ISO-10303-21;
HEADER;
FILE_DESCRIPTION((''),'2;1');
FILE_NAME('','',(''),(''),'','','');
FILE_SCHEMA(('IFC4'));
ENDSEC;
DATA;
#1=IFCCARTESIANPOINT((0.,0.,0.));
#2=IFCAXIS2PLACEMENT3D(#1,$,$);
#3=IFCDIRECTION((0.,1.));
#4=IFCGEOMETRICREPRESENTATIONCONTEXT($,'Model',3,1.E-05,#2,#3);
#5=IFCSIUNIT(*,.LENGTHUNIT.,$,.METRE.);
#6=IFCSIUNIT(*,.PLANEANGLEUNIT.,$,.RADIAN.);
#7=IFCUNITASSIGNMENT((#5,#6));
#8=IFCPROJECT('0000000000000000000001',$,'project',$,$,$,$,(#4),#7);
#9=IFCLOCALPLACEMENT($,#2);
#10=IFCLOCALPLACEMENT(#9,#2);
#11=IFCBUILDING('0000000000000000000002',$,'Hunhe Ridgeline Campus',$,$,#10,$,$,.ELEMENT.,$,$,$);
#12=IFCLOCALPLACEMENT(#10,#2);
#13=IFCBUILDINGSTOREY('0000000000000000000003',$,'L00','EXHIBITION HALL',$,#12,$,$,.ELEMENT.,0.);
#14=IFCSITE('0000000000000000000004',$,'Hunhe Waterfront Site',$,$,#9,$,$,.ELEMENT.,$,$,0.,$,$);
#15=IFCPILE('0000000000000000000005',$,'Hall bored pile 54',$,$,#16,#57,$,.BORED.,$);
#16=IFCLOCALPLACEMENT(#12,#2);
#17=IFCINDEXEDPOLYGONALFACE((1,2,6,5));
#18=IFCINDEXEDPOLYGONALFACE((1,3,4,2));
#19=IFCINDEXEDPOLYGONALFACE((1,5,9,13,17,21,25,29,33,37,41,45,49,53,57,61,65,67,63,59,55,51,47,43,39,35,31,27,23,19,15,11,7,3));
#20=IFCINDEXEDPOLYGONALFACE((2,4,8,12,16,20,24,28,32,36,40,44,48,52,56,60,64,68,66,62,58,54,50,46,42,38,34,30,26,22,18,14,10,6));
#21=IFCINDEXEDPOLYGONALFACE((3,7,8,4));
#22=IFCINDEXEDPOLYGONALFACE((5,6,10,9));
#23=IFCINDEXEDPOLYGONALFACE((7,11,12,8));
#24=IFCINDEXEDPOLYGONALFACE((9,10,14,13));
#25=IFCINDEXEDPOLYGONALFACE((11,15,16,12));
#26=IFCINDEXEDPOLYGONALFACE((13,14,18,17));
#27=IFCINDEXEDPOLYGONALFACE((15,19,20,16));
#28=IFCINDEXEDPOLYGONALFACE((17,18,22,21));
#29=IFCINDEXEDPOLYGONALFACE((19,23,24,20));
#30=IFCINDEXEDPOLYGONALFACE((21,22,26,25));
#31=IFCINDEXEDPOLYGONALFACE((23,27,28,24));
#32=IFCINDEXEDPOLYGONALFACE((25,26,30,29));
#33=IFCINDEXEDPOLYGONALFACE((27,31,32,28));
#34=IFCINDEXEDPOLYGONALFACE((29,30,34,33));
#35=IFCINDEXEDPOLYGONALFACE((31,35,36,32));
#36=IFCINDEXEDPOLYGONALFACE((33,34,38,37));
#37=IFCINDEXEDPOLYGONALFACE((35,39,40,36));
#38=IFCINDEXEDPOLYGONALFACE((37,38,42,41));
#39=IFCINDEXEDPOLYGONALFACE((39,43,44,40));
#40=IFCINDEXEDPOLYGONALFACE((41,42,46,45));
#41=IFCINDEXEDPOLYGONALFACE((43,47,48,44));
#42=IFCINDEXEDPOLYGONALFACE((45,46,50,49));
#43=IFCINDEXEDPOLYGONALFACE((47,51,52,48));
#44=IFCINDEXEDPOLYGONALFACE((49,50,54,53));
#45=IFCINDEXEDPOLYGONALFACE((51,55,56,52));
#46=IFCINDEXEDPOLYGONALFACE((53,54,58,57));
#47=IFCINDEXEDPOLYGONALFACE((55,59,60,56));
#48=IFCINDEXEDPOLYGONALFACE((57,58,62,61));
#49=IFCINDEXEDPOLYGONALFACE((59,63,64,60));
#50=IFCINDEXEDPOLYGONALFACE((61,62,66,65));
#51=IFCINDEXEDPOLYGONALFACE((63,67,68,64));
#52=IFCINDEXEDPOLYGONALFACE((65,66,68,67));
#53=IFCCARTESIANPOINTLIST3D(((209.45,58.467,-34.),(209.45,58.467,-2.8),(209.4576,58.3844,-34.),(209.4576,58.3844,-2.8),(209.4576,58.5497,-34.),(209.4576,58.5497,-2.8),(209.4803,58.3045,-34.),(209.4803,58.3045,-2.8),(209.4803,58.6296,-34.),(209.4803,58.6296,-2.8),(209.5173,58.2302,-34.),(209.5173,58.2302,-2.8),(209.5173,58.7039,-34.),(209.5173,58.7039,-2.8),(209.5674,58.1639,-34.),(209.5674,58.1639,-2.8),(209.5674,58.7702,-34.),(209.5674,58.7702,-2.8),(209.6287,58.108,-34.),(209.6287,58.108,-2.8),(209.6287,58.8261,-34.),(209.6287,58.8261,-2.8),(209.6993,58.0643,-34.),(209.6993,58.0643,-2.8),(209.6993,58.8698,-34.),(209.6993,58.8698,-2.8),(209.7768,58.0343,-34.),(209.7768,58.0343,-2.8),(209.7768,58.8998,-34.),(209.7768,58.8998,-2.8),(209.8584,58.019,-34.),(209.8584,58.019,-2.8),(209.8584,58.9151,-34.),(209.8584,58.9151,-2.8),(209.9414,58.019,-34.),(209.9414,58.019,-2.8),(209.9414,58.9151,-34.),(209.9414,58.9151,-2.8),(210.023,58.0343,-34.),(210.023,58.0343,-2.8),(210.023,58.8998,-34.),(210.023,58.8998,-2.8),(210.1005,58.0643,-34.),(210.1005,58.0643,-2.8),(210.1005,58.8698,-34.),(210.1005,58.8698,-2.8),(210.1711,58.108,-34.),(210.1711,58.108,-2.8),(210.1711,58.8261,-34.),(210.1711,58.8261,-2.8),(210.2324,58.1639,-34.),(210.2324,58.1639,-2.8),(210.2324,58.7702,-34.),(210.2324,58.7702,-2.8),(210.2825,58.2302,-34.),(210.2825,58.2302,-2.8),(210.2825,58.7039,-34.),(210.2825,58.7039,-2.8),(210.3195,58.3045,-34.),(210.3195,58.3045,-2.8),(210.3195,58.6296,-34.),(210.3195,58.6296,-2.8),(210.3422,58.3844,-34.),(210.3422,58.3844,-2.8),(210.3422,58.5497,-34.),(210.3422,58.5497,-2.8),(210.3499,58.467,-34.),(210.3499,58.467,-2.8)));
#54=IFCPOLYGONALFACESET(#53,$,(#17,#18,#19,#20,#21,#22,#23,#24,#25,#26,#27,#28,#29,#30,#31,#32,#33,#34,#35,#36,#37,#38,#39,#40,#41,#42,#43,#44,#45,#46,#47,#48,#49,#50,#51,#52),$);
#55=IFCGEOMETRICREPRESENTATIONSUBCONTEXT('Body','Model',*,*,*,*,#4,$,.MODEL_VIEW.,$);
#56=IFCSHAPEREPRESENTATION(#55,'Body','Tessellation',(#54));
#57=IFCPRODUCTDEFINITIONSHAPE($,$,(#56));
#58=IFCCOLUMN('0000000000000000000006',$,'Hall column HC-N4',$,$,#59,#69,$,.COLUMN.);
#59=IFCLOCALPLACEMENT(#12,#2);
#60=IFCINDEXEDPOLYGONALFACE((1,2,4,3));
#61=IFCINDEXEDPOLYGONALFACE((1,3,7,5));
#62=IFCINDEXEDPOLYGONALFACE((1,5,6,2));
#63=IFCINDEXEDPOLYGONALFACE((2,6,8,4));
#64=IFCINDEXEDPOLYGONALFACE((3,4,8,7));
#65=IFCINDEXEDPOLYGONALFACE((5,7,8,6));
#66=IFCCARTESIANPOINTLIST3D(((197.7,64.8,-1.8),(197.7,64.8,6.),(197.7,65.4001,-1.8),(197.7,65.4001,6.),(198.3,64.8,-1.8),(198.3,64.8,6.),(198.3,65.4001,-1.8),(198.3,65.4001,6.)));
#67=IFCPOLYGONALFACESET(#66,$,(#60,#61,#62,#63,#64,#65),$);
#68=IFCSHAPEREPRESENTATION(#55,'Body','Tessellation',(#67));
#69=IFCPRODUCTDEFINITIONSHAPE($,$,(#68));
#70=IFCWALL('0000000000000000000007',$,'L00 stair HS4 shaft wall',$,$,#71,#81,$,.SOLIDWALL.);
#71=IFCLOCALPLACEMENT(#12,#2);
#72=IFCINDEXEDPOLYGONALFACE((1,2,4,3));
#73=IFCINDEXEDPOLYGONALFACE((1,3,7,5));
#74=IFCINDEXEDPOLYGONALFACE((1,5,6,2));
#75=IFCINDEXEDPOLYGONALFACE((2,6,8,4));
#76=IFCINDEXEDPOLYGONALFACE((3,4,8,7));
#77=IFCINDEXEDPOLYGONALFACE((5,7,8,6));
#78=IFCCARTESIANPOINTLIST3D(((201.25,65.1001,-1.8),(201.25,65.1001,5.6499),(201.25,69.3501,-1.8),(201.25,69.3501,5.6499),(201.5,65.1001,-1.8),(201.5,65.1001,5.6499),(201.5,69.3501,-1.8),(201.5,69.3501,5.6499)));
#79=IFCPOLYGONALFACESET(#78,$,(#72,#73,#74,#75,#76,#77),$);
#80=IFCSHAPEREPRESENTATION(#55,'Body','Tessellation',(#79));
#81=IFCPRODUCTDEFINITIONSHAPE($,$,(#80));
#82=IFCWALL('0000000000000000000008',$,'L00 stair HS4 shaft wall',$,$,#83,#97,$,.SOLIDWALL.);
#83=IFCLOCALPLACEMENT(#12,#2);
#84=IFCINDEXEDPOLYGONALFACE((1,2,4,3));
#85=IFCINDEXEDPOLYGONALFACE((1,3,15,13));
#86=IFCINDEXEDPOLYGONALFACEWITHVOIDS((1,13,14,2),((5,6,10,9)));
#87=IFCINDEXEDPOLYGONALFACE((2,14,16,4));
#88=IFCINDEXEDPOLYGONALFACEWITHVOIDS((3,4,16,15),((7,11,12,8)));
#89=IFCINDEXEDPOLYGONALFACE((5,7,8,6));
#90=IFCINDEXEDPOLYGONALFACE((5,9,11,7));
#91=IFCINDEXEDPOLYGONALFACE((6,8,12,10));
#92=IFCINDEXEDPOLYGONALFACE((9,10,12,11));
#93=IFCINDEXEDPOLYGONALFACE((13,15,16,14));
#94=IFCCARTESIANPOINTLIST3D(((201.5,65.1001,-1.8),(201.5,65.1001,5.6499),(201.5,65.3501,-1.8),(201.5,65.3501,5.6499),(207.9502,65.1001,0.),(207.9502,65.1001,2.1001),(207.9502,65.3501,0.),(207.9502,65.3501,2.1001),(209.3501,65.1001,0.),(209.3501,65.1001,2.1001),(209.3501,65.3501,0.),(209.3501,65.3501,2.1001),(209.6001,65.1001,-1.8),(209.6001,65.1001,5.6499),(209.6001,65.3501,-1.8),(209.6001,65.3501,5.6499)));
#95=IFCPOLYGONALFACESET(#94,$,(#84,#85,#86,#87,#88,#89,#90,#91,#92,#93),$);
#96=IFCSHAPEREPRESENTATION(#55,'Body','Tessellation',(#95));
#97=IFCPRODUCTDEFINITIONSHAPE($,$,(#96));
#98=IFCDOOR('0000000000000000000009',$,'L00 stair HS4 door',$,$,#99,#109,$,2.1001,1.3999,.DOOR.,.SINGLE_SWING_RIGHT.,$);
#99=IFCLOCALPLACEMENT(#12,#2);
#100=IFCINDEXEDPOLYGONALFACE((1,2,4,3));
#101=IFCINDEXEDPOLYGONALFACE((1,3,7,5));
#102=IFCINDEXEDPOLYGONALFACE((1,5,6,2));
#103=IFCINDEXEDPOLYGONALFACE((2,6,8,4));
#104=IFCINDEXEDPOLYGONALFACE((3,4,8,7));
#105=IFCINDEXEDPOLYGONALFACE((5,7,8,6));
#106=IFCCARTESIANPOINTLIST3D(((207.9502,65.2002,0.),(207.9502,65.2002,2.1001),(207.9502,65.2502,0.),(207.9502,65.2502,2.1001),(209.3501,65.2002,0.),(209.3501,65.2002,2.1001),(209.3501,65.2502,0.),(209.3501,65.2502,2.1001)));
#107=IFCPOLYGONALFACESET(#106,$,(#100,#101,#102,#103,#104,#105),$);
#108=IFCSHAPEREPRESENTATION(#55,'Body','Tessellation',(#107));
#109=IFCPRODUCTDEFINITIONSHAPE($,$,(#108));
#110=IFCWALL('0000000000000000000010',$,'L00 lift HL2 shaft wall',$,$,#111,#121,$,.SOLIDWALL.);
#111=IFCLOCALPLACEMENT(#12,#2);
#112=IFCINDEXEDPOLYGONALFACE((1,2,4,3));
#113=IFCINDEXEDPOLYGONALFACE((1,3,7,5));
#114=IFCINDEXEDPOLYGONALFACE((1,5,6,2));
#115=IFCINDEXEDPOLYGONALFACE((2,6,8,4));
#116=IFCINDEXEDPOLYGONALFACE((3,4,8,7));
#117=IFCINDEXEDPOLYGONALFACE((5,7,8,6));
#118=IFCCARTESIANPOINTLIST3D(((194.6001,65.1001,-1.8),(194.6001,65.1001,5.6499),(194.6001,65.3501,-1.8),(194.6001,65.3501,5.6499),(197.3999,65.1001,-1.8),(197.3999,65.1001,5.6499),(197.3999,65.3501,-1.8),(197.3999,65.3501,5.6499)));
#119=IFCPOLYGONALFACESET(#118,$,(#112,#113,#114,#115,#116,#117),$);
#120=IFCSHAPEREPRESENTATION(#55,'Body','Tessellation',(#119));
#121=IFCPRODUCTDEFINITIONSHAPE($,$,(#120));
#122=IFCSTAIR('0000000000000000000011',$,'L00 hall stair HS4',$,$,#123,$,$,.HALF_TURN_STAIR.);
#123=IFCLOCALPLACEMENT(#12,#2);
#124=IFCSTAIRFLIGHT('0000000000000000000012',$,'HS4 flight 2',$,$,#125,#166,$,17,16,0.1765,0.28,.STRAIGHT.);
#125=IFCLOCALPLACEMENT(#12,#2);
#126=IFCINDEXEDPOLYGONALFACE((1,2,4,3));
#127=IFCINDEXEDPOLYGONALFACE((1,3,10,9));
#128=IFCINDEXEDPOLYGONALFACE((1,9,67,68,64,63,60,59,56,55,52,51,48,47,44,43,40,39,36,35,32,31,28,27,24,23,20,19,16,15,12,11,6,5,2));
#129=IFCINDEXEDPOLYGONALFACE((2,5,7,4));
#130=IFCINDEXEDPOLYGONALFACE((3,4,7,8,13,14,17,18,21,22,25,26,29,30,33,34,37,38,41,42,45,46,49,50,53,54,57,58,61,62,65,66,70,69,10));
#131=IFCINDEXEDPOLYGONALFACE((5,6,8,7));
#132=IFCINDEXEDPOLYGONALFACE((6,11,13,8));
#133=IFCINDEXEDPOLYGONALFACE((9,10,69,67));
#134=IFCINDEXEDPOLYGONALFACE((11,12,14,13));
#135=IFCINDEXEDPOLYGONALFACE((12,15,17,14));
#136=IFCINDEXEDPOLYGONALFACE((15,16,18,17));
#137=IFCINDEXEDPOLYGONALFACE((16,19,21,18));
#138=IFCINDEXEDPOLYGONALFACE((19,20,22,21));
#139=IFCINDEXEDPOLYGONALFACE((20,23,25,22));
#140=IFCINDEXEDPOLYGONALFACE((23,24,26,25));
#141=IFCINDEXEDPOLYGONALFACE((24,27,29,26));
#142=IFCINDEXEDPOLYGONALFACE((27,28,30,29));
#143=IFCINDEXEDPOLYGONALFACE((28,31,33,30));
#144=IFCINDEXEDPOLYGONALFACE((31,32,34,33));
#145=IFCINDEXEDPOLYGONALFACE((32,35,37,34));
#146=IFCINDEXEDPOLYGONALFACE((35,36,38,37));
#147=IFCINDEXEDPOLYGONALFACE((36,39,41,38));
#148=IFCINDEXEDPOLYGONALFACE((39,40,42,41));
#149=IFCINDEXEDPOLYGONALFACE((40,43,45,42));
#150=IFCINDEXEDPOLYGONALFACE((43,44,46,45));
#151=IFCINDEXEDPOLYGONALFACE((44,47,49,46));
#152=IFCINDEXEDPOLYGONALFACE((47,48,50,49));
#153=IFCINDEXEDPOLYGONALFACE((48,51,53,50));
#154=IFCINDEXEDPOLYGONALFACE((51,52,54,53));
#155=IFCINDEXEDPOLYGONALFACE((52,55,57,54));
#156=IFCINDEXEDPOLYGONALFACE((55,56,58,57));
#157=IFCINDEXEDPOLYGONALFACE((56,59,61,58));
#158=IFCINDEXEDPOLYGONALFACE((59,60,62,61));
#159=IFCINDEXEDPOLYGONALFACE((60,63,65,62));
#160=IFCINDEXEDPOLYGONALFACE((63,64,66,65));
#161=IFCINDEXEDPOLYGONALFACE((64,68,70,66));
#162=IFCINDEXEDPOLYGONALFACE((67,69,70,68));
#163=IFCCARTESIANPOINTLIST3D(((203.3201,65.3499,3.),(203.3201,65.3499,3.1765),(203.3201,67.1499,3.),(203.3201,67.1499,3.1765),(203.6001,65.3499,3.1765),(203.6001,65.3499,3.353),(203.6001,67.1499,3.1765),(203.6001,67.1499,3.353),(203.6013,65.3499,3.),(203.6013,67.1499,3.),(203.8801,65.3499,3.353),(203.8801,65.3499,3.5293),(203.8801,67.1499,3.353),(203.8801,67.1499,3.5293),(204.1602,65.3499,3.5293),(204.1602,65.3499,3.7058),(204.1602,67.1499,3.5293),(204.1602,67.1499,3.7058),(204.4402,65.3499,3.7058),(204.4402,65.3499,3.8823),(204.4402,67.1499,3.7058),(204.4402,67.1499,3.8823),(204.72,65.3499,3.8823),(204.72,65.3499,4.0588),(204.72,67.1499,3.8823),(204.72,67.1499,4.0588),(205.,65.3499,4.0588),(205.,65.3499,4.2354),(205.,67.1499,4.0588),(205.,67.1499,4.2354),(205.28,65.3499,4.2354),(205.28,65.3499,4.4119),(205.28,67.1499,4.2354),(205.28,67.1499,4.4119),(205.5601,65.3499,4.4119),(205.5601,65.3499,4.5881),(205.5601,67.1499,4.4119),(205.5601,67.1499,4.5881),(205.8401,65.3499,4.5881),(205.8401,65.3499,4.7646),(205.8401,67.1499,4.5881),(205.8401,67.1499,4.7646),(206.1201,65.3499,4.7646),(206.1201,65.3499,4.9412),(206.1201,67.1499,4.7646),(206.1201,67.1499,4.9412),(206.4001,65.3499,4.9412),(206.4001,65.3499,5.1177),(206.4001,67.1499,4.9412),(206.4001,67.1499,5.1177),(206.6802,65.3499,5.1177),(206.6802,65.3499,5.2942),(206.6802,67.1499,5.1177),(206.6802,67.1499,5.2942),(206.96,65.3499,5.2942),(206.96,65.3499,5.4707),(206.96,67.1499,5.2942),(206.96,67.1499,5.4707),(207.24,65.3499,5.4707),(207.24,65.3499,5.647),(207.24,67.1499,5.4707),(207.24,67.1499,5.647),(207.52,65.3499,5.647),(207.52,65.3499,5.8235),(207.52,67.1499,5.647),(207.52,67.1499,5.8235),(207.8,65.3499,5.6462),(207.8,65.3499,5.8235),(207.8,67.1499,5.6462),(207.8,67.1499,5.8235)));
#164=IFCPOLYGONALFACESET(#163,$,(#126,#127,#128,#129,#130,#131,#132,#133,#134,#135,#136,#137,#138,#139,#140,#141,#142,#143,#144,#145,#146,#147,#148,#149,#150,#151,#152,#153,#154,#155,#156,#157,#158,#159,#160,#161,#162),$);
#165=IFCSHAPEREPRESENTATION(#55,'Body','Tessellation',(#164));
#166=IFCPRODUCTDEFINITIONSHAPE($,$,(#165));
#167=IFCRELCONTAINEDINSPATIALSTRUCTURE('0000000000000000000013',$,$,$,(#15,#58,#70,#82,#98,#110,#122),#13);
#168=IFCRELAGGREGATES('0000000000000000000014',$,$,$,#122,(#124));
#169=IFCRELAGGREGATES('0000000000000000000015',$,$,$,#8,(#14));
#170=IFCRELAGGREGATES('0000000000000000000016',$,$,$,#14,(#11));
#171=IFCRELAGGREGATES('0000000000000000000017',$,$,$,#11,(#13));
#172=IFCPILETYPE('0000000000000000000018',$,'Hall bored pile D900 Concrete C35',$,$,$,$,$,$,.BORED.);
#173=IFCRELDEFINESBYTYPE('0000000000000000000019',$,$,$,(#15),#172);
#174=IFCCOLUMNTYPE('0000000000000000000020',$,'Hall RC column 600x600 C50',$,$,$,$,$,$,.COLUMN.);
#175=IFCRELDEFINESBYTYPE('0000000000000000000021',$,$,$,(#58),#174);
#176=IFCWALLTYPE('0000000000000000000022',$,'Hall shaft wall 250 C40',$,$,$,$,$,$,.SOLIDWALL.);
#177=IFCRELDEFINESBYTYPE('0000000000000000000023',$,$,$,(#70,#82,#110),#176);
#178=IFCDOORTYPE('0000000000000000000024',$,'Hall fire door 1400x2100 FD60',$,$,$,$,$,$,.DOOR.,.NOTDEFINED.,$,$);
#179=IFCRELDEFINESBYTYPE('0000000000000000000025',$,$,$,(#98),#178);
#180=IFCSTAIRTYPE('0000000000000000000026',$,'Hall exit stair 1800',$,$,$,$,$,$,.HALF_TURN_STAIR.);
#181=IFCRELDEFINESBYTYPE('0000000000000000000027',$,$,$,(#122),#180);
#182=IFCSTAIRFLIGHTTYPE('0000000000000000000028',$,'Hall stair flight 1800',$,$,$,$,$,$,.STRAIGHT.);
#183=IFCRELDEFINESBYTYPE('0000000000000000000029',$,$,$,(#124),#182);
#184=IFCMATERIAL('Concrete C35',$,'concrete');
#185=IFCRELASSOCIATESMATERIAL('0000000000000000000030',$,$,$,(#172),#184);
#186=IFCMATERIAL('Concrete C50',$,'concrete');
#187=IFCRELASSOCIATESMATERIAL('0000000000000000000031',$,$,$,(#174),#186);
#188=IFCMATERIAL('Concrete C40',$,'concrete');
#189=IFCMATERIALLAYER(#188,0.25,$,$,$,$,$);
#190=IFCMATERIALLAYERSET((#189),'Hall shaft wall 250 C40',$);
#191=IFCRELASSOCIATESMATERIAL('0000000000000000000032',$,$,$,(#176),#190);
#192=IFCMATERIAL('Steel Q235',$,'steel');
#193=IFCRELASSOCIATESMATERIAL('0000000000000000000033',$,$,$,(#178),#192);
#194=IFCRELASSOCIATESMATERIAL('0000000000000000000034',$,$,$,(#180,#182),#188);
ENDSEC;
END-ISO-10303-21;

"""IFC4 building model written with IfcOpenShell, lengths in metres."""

from ifc_helpers import new_model, si_unit, direction, frame, frame_2d, origin, origin_2d, place, context, subcontext, project, spatial, polyline, rectangle, circle, outline, extrude, material, layer, layer_set, material_profile, profile_set, type_object, element, fill, aggregate, save


model = new_model("IFC4")

# Units and contexts
model_context = context("Model", 3, precision=1e-05, world=origin(), true_north=direction((0.0, 1.0)))
body_context = subcontext(model_context, "Body", "Model", "MODEL_VIEW")
ifc_project = project(units=[si_unit("LENGTHUNIT", "METRE"), si_unit("PLANEANGLEUNIT", "RADIAN")], contexts=[model_context])

# Site, building, storey
site_placement = place(None, origin())
site = spatial("IfcSite", under=ifc_project, at=site_placement, Name="Hunhe Waterfront Site", CompositionType="ELEMENT", RefElevation=0.0)
building_placement = place(site_placement, origin())
building = spatial("IfcBuilding", under=site, at=building_placement, Name="Hunhe Ridgeline Campus", CompositionType="ELEMENT")
storey_placement = place(building_placement, origin())
storey = spatial("IfcBuildingStorey", under=building, at=storey_placement, Name="L00", Description="EXHIBITION HALL", CompositionType="ELEMENT", Elevation=0.0)

# Pile
ifc_material_1 = material(Name="Concrete C35", Category="concrete")
ifc_material_profile_1 = material_profile(ifc_material_1, circle(Radius=0.45, at=origin_2d()))
ifc_profile_set_1 = profile_set([ifc_material_profile_1], Name="Concrete C35")
pile_type = type_object("IfcPileType", Name="Hall bored pile D900 Concrete C35", PredefinedType="BORED", material=ifc_profile_set_1)
for number, where, z_axis, x_axis, name in (
    (1, (209.8999, 58.467, -2.8), (0.0, 0.0, -1.0), (1.0, 0.0, 0.0), "Hall bored pile 54"),
):
    element("IfcPile", number, at=place(storey_placement, frame(where, z_axis=z_axis, x_axis=x_axis)), inside=storey, type_object=pile_type, Name=name, PredefinedType="BORED", context=body_context, shape_type="SweptSolid", body=[
        extrude(circle(Radius=0.45, at=origin_2d()), origin(), (0.0, 0.0, 1.0), 31.2),
    ])

# Column
ifc_material_2 = material(Name="Concrete C50", Category="concrete")
ifc_material_profile_2 = material_profile(ifc_material_2, rectangle(XDim=0.6001, YDim=0.6001, at=origin_2d()))
ifc_profile_set_2 = profile_set([ifc_material_profile_2], Name="Concrete C50")
column_type = type_object("IfcColumnType", Name="Hall RC column 600x600 C50", PredefinedType="COLUMN", material=ifc_profile_set_2)
column_placement = place(storey_placement, frame((198.0, 65.1001, -1.8), z_axis=(0.0, 0.0, 1.0), x_axis=(1.0, 0.0, 0.0)))
element("IfcColumn", 2, at=column_placement, inside=storey, type_object=column_type, Name="Hall column HC-N4", PredefinedType="COLUMN", context=body_context, shape_type="SweptSolid", body=[
    extrude(rectangle(XDim=0.6001, YDim=0.6001, at=origin_2d()), origin(), (0.0, 0.0, 1.0), 7.8),
])

# Wall
ifc_material_3 = material(Name="Concrete C40", Category="concrete")
ifc_layer_1 = layer(ifc_material_3, 0.25)
ifc_layer_set_1 = layer_set([ifc_layer_1], Name="Hall shaft wall 250 C40")
wall_type_1 = type_object("IfcWallType", Name="Hall shaft wall 250 C40", PredefinedType="SOLIDWALL", material=ifc_layer_set_1)
wall_1_placement = place(storey_placement, frame((201.375, 65.1001, -1.8), z_axis=(0.0, 0.0, 1.0), x_axis=(0.0, 1.0, 0.0)))
element("IfcWall", 3, at=wall_1_placement, inside=storey, type_object=wall_type_1, Name="L00 stair HS4 shaft wall", PredefinedType="SOLIDWALL", context=body_context, shape_type="SweptSolid", body=[
    extrude(rectangle(XDim=4.25, YDim=0.25, at=frame_2d((2.125, 0.0))), origin(), (0.0, 0.0, 1.0), 7.45),
])

# Wall, opening, door
wall_2_placement = place(storey_placement, frame((209.6001, 65.2251, -1.8), z_axis=(0.0, 0.0, 1.0), x_axis=(-1.0, 0.0, 0.0)))
wall_2 = element("IfcWall", 4, at=wall_2_placement, inside=storey, type_object=wall_type_1, Name="L00 stair HS4 shaft wall", PredefinedType="SOLIDWALL", context=body_context, shape_type="SweptSolid", body=[
    extrude(rectangle(XDim=8.1001, YDim=0.25, at=frame_2d((4.05, 0.0))), origin(), (0.0, 0.0, 1.0), 7.45),
])
opening_1_placement = place(wall_2_placement, frame((0.25, 0.0, 1.8)))
opening_1 = element("IfcOpeningElement", 5, at=opening_1_placement, cuts=wall_2, PredefinedType="OPENING", context=body_context, shape_type="SweptSolid", body=[
    extrude(rectangle(XDim=1.3999, YDim=2.1001, at=frame_2d((0.7, 1.05))), frame((0.0, 0.125, 0.0), z_axis=(0.0, -1.0, 0.0), x_axis=(1.0, 0.0, 0.0)), (0.0, 0.0, 1.0), 0.25),
])
ifc_material_4 = material(Name="Steel Q235", Category="steel")
door_type_1 = type_object("IfcDoorType", Name="Hall fire door 1400x2100 FD60", OperationType="NOTDEFINED", PredefinedType="DOOR", material=ifc_material_4)
door_1_placement = place(opening_1_placement, origin())
door_1 = element("IfcDoor", 6, at=door_1_placement, inside=storey, type_object=door_type_1, Name="L00 stair HS4 door", OperationType="SINGLE_SWING_RIGHT", OverallHeight=2.1001, OverallWidth=1.3999, PredefinedType="DOOR", context=body_context, shape_type="SweptSolid", body=[
    extrude(rectangle(XDim=1.3999, YDim=2.1001, at=frame_2d((0.7, 1.05))), frame((0.0, 0.0249, 0.0), z_axis=(0.0, -1.0, 0.0), x_axis=(1.0, 0.0, 0.0)), (0.0, 0.0, 1.0), 0.05),
])
fill(opening_1, door_1)

# Wall
wall_3_placement = place(storey_placement, frame((197.3999, 65.2251, -1.8), z_axis=(0.0, 0.0, 1.0), x_axis=(-1.0, 0.0, 0.0)))
element("IfcWall", 7, at=wall_3_placement, inside=storey, type_object=wall_type_1, Name="L00 lift HL2 shaft wall", PredefinedType="SOLIDWALL", context=body_context, shape_type="SweptSolid", body=[
    extrude(rectangle(XDim=2.7998, YDim=0.25, at=frame_2d((1.3999, 0.0))), origin(), (0.0, 0.0, 1.0), 7.45),
])

# Stair, stair flight
stair_type = type_object("IfcStairType", Name="Hall exit stair 1800", PredefinedType="HALF_TURN_STAIR", material=ifc_material_3)
stair_placement = place(storey_placement, origin())
stair = element("IfcStair", 8, at=stair_placement, inside=storey, type_object=stair_type, Name="L00 hall stair HS4", PredefinedType="HALF_TURN_STAIR")
stair_flight_type = type_object("IfcStairFlightType", Name="Hall stair flight 1800", PredefinedType="STRAIGHT", material=ifc_material_3)
stair_flight_placement = place(storey_placement, frame((203.3201, 66.25, 3.0), z_axis=(0.0, 0.0, 1.0), x_axis=(1.0, 0.0, 0.0)))
stair_flight = element("IfcStairFlight", 9, at=stair_flight_placement, type_object=stair_flight_type, Name="HS4 flight 2", NumberOfRisers=17, NumberOfTreads=16, PredefinedType="STRAIGHT", RiserHeight=0.1765, TreadLength=0.28, context=body_context, shape_type="SweptSolid", body=[
    extrude(outline(polyline([(0.0, 0.0), (0.0, 0.1765), (0.28, 0.1765), (0.28, 0.353), (0.5601, 0.353), (0.5601, 0.5293), (0.8401, 0.5293), (0.8401, 0.7058), (1.1201, 0.7058), (1.1201, 0.8823), (1.3999, 0.8823), (1.3999, 1.0588), (1.6799, 1.0588), (1.6799, 1.2354), (1.96, 1.2354), (1.96, 1.4119), (2.24, 1.4119), (2.24, 1.5881), (2.52, 1.5881), (2.52, 1.7646), (2.8, 1.7646), (2.8, 1.9412), (3.0801, 1.9412), (3.0801, 2.1177), (3.3601, 2.1177), (3.3601, 2.2942), (3.6399, 2.2942), (3.6399, 2.4707), (3.9199, 2.4707), (3.9199, 2.647), (4.2, 2.647), (4.2, 2.8235), (4.48, 2.8235), (4.48, 3.0), (4.48, 2.6462), (0.2812, 0.0), (0.0, 0.0)])), frame((0.0, 0.8999, 0.0), z_axis=(0.0, -1.0, 0.0), x_axis=(1.0, 0.0, 0.0)), (0.0, 0.0, 1.0), 1.8),
])
aggregate(stair, [stair_flight])

save(model, "model.ifc")
